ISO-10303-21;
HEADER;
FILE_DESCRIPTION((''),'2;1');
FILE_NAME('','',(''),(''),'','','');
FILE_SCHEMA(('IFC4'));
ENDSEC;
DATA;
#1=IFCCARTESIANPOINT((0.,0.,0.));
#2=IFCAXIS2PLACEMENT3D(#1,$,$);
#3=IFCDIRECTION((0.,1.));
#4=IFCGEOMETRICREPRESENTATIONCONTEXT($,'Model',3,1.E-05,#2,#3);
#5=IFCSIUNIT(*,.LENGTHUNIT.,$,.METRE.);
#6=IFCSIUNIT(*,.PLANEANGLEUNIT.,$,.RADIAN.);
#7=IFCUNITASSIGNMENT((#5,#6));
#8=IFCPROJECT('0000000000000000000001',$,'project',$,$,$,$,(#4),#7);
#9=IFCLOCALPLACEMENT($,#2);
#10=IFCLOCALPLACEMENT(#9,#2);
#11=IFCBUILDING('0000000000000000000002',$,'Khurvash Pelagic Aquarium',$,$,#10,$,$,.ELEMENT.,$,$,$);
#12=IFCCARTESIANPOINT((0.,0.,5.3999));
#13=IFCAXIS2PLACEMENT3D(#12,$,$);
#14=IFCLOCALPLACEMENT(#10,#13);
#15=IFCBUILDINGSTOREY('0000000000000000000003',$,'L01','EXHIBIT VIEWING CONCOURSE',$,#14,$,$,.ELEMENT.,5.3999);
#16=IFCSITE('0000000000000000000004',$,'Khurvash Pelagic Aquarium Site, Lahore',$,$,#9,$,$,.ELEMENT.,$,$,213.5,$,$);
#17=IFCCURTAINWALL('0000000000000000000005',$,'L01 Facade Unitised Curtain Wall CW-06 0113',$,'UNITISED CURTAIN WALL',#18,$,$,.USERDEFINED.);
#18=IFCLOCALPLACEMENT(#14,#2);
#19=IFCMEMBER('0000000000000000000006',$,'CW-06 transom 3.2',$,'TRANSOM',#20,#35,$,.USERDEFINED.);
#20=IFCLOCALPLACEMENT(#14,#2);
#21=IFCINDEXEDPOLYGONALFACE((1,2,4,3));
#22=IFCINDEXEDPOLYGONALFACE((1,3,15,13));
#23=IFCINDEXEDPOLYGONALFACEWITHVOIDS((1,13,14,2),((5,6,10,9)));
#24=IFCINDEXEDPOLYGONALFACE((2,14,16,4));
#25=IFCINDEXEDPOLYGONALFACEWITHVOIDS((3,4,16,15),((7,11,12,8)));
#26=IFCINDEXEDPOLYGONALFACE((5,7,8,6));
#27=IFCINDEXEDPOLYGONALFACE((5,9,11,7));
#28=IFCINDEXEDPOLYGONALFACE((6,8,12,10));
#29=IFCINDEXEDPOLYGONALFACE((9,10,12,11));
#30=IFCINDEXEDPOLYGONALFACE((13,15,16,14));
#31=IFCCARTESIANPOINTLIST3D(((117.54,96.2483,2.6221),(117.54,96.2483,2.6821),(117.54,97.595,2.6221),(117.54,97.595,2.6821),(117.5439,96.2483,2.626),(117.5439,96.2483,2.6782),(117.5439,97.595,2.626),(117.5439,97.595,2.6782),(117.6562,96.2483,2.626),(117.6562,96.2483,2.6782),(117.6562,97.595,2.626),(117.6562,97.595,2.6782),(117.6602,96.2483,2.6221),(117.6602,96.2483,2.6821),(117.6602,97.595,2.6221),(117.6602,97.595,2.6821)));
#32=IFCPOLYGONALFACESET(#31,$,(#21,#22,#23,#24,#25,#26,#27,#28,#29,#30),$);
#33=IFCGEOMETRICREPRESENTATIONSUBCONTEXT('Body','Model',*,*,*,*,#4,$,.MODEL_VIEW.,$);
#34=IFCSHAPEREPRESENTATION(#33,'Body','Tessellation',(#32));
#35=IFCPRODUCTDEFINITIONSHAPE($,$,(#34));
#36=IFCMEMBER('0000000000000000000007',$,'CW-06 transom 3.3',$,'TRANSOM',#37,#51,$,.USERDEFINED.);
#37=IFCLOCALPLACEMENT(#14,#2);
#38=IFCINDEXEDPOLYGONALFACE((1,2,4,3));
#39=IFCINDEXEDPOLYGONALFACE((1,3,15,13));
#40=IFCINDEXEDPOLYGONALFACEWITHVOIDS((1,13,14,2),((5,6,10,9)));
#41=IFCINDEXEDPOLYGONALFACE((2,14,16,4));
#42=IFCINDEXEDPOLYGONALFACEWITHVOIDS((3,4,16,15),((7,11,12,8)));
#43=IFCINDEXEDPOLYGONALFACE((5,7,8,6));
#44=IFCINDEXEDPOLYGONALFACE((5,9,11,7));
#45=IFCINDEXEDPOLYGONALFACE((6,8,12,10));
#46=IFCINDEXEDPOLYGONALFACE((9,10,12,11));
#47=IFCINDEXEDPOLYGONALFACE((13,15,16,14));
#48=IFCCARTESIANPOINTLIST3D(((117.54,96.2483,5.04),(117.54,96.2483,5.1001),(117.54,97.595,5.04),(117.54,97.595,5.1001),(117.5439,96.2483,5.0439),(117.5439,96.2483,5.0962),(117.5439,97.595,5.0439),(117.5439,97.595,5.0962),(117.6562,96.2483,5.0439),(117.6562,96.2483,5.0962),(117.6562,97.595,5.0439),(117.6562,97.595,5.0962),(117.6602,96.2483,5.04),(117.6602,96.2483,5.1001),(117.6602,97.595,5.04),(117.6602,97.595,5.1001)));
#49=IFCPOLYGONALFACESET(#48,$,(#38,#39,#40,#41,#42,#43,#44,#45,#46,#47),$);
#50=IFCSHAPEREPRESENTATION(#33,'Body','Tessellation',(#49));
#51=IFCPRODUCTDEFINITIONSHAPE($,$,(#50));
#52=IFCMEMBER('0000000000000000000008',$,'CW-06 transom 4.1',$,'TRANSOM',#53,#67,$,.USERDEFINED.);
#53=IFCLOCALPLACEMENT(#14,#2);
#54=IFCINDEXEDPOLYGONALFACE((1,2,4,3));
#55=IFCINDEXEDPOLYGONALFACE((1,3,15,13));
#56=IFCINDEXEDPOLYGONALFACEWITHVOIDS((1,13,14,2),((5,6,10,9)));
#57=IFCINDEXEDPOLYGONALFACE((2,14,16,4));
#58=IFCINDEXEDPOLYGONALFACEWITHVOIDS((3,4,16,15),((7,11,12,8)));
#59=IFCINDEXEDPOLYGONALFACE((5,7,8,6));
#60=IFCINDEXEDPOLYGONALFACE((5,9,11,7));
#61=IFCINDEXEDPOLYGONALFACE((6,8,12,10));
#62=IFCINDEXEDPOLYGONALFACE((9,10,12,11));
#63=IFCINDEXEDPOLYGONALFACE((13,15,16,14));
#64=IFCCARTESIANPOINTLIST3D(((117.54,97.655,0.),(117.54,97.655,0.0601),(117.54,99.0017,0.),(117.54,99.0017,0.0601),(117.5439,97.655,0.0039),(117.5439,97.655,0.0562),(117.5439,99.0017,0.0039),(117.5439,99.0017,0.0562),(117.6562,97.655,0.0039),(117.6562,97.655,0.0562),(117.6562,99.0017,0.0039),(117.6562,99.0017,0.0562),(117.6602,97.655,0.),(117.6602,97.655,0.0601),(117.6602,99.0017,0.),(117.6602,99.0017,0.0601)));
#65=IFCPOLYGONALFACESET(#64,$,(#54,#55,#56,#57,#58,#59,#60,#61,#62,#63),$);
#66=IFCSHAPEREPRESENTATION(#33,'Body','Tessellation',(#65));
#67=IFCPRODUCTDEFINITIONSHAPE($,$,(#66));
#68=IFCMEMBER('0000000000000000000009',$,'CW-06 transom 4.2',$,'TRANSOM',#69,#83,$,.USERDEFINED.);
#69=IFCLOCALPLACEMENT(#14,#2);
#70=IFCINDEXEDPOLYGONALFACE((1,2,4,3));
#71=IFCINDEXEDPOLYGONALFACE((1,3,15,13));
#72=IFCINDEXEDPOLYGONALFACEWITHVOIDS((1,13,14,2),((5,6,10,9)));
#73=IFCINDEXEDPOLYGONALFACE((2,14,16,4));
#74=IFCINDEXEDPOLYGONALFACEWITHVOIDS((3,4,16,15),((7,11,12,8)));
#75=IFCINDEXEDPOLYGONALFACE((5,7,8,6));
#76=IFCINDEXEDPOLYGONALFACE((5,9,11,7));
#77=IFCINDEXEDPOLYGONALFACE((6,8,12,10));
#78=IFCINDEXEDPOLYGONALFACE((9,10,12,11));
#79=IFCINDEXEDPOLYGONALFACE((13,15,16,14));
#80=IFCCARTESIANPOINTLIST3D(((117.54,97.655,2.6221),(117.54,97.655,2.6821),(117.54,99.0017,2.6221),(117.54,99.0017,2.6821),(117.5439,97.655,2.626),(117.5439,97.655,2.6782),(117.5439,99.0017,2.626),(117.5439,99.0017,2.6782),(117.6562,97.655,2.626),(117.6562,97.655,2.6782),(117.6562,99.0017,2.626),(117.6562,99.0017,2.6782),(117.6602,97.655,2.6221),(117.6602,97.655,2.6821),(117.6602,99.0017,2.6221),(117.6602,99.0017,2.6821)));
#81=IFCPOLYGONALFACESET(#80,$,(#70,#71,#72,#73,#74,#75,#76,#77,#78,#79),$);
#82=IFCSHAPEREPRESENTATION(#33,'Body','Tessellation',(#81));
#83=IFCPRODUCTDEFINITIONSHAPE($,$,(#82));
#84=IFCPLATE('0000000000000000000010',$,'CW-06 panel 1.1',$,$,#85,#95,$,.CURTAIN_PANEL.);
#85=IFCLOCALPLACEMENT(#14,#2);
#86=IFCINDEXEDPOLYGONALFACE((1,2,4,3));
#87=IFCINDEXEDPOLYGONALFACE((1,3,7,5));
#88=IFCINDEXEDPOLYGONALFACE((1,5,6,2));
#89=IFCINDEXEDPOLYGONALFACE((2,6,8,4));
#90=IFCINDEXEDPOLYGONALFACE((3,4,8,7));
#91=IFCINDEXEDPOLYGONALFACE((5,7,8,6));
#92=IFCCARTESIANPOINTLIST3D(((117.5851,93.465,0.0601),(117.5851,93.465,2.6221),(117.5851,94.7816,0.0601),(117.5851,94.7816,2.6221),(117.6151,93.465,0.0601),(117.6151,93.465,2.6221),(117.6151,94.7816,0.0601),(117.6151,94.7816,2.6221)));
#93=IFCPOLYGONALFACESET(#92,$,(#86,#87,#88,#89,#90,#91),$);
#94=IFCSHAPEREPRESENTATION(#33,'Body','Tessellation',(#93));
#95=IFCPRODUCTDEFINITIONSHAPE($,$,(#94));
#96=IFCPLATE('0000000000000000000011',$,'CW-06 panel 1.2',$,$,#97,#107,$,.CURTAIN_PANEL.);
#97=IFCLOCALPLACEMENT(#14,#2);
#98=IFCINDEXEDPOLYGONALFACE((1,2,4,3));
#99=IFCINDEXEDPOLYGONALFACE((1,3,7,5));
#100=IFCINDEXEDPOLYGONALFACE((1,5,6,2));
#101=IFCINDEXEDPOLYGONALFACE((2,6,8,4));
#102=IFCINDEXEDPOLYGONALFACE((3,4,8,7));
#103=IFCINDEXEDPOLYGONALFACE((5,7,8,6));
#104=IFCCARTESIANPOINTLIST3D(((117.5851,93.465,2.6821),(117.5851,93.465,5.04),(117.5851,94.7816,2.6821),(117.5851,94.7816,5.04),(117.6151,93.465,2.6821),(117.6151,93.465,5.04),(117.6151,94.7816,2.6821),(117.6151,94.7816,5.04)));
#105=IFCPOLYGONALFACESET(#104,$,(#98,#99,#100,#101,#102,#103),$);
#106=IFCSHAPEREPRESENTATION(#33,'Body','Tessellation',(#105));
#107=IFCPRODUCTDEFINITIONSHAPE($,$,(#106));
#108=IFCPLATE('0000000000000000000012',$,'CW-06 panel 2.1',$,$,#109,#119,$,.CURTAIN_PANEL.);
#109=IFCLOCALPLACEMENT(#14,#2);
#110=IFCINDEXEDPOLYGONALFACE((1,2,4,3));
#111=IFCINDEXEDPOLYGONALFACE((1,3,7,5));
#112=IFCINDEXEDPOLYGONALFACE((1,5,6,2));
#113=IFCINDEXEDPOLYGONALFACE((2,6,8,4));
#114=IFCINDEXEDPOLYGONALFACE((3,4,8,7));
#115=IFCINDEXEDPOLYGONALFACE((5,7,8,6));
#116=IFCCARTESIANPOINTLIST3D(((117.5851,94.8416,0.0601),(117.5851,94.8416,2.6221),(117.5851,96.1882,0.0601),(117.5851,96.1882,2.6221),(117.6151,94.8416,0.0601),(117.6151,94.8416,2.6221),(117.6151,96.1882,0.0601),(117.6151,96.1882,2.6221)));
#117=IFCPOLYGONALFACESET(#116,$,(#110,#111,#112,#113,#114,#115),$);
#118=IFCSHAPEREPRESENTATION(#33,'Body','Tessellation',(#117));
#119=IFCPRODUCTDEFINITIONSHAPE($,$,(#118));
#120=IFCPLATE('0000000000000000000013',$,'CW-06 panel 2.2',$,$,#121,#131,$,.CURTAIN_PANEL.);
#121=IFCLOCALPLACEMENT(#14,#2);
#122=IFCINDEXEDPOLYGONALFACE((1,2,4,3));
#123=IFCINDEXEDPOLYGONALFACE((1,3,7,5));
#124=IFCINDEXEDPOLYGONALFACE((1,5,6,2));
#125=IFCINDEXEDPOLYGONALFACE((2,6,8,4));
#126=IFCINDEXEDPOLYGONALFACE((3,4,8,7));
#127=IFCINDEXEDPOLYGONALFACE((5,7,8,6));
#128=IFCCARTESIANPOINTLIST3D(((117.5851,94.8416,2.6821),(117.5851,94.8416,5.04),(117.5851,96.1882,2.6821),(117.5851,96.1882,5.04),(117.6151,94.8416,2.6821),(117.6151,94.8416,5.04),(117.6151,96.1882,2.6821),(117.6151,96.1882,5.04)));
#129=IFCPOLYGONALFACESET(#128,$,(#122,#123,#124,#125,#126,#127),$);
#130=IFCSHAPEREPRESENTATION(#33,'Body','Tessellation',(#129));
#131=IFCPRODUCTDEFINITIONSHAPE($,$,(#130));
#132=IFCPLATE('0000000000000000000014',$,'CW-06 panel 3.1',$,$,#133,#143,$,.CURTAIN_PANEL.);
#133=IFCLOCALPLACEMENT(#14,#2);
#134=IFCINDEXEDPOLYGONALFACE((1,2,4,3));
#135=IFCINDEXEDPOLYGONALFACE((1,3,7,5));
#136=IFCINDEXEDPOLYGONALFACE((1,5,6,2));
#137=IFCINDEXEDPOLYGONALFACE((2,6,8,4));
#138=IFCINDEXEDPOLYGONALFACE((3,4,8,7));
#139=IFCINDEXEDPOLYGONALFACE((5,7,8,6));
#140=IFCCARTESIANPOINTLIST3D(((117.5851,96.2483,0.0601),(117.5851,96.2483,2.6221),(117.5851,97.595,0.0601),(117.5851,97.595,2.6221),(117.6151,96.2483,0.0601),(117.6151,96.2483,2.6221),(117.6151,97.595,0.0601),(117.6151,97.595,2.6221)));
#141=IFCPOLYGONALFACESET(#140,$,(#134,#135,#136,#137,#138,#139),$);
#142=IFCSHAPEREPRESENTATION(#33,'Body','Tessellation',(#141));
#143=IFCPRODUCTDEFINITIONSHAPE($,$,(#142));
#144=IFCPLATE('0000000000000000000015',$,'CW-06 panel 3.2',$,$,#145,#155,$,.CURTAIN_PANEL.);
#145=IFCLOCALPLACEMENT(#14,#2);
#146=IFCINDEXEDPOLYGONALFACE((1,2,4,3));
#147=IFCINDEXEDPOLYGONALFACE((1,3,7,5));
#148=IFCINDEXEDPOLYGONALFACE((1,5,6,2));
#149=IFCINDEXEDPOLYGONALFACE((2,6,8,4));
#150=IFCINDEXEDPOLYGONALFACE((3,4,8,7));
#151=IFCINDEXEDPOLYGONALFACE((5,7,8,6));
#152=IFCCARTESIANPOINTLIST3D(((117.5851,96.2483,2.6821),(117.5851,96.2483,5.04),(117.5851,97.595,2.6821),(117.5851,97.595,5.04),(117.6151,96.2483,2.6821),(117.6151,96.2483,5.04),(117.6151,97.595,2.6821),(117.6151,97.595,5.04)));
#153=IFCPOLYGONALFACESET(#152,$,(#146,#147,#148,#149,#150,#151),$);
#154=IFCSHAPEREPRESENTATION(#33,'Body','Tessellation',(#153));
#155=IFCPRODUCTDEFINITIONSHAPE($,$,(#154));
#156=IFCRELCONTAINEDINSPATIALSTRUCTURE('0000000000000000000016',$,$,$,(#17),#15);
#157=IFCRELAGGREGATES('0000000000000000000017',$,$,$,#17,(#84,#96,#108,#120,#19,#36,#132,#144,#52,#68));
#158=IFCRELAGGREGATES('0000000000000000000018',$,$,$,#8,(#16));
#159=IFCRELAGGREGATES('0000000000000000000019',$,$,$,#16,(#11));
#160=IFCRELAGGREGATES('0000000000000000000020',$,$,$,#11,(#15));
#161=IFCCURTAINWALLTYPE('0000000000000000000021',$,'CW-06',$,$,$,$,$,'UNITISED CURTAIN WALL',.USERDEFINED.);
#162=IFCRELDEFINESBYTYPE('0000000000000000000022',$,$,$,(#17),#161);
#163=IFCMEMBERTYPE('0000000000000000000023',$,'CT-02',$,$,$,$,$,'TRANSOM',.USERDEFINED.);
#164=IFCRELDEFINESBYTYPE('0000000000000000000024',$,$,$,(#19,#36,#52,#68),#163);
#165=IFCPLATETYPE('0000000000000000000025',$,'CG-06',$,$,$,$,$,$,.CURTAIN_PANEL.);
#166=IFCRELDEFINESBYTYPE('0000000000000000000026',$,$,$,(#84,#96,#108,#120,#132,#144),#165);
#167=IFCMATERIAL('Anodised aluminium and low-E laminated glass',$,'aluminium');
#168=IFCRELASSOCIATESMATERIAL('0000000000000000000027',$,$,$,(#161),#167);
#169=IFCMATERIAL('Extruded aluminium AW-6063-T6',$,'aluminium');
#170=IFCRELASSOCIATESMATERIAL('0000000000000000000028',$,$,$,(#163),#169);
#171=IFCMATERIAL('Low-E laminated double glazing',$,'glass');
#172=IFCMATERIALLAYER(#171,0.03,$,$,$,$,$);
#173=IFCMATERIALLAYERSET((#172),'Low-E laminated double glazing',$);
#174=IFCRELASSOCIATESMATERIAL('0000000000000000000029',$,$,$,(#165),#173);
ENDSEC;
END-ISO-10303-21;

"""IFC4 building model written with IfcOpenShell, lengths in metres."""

from ifc_helpers import new_model, si_unit, direction, frame, origin, origin_2d, place, context, subcontext, project, spatial, rectangle, hollow_rectangle, extrude, material, layer, layer_set, material_profile, profile_set, type_object, element, aggregate, save


model = new_model("IFC4")

# Units and contexts
model_context = context("Model", 3, precision=1e-05, world=origin(), true_north=direction((0.0, 1.0)))
body_context = subcontext(model_context, "Body", "Model", "MODEL_VIEW")
ifc_project = project(units=[si_unit("LENGTHUNIT", "METRE"), si_unit("PLANEANGLEUNIT", "RADIAN")], contexts=[model_context])

# Site, building, storey
site_placement = place(None, origin())
site = spatial("IfcSite", under=ifc_project, at=site_placement, Name="Khurvash Pelagic Aquarium Site, Lahore", CompositionType="ELEMENT", RefElevation=213.5)
building_placement = place(site_placement, origin())
building = spatial("IfcBuilding", under=site, at=building_placement, Name="Khurvash Pelagic Aquarium", CompositionType="ELEMENT")
storey_placement = place(building_placement, frame((0.0, 0.0, 5.3999)))
storey = spatial("IfcBuildingStorey", under=building, at=storey_placement, Name="L01", Description="EXHIBIT VIEWING CONCOURSE", CompositionType="ELEMENT", Elevation=5.3999)

# Curtain wall, members, plates
ifc_material_1 = material(Name="Anodised aluminium and low-E laminated glass", Category="aluminium")
curtain_wall_type = type_object("IfcCurtainWallType", Name="CW-06", ElementType="UNITISED CURTAIN WALL", PredefinedType="USERDEFINED", material=ifc_material_1)
curtain_wall_placement = place(storey_placement, origin())
curtain_wall = element("IfcCurtainWall", 1, at=curtain_wall_placement, inside=storey, type_object=curtain_wall_type, Name="L01 Facade Unitised Curtain Wall CW-06 0113", ObjectType="UNITISED CURTAIN WALL", PredefinedType="USERDEFINED")
ifc_material_2 = material(Name="Extruded aluminium AW-6063-T6", Category="aluminium")
ifc_material_profile_1 = material_profile(ifc_material_2, hollow_rectangle(XDim=0.1201, YDim=0.0601, WallThickness=0.0039, at=origin_2d()), Name="CWT120X60X4")
ifc_profile_set_1 = profile_set([ifc_material_profile_1], Name="Extruded aluminium AW-6063-T6")
member_type_1 = type_object("IfcMemberType", Name="CT-02", ElementType="TRANSOM", PredefinedType="USERDEFINED", material=ifc_profile_set_1)
member_1_placement = place(storey_placement, frame((117.6001, 96.2483, 2.6521), z_axis=(0.0, 1.0, 0.0), x_axis=(-1.0, 0.0, 0.0)))
member_1 = element("IfcMember", 2, at=member_1_placement, type_object=member_type_1, Name="CW-06 transom 3.2", ObjectType="TRANSOM", PredefinedType="USERDEFINED", context=body_context, shape_type="SweptSolid", body=[
    extrude(hollow_rectangle(XDim=0.1201, YDim=0.0601, WallThickness=0.0039, at=origin_2d()), origin(), (0.0, 0.0, 1.0), 1.3467),
])
member_2_placement = place(storey_placement, frame((117.6001, 96.2483, 5.0701), z_axis=(0.0, 1.0, 0.0), x_axis=(-1.0, 0.0, 0.0)))
member_2 = element("IfcMember", 3, at=member_2_placement, type_object=member_type_1, Name="CW-06 transom 3.3", ObjectType="TRANSOM", PredefinedType="USERDEFINED", context=body_context, shape_type="SweptSolid", body=[
    extrude(hollow_rectangle(XDim=0.1201, YDim=0.0601, WallThickness=0.0039, at=origin_2d()), origin(), (0.0, 0.0, 1.0), 1.3467),
])
member_3_placement = place(storey_placement, frame((117.6001, 97.655, 0.03), z_axis=(0.0, 1.0, 0.0), x_axis=(-1.0, 0.0, 0.0)))
member_3 = element("IfcMember", 4, at=member_3_placement, type_object=member_type_1, Name="CW-06 transom 4.1", ObjectType="TRANSOM", PredefinedType="USERDEFINED", context=body_context, shape_type="SweptSolid", body=[
    extrude(hollow_rectangle(XDim=0.1201, YDim=0.0601, WallThickness=0.0039, at=origin_2d()), origin(), (0.0, 0.0, 1.0), 1.3467),
])
member_4_placement = place(storey_placement, frame((117.6001, 97.655, 2.6521), z_axis=(0.0, 1.0, 0.0), x_axis=(-1.0, 0.0, 0.0)))
member_4 = element("IfcMember", 5, at=member_4_placement, type_object=member_type_1, Name="CW-06 transom 4.2", ObjectType="TRANSOM", PredefinedType="USERDEFINED", context=body_context, shape_type="SweptSolid", body=[
    extrude(hollow_rectangle(XDim=0.1201, YDim=0.0601, WallThickness=0.0039, at=origin_2d()), origin(), (0.0, 0.0, 1.0), 1.3467),
])
ifc_material_3 = material(Name="Low-E laminated double glazing", Category="glass")
ifc_layer = layer(ifc_material_3, 0.03)
ifc_layer_set = layer_set([ifc_layer], Name="Low-E laminated double glazing")
plate_type = type_object("IfcPlateType", Name="CG-06", PredefinedType="CURTAIN_PANEL", material=ifc_layer_set)
plate_1_placement = place(storey_placement, frame((117.6001, 94.1233, 0.0601), z_axis=(0.0, 0.0, 1.0), x_axis=(0.0, 1.0, 0.0)))
plate_1 = element("IfcPlate", 6, at=plate_1_placement, type_object=plate_type, Name="CW-06 panel 1.1", PredefinedType="CURTAIN_PANEL", context=body_context, shape_type="SweptSolid", body=[
    extrude(rectangle(XDim=1.3167, YDim=0.03, at=origin_2d()), origin(), (0.0, 0.0, 1.0), 2.562),
])
plate_2_placement = place(storey_placement, frame((117.6001, 94.1233, 2.6821), z_axis=(0.0, 0.0, 1.0), x_axis=(0.0, 1.0, 0.0)))
plate_2 = element("IfcPlate", 7, at=plate_2_placement, type_object=plate_type, Name="CW-06 panel 1.2", PredefinedType="CURTAIN_PANEL", context=body_context, shape_type="SweptSolid", body=[
    extrude(rectangle(XDim=1.3167, YDim=0.03, at=origin_2d()), origin(), (0.0, 0.0, 1.0), 2.3579),
])
plate_3_placement = place(storey_placement, frame((117.6001, 95.5149, 0.0601), z_axis=(0.0, 0.0, 1.0), x_axis=(0.0, 1.0, 0.0)))
plate_3 = element("IfcPlate", 8, at=plate_3_placement, type_object=plate_type, Name="CW-06 panel 2.1", PredefinedType="CURTAIN_PANEL", context=body_context, shape_type="SweptSolid", body=[
    extrude(rectangle(XDim=1.3467, YDim=0.03, at=origin_2d()), origin(), (0.0, 0.0, 1.0), 2.562),
])
plate_4_placement = place(storey_placement, frame((117.6001, 95.5149, 2.6821), z_axis=(0.0, 0.0, 1.0), x_axis=(0.0, 1.0, 0.0)))
plate_4 = element("IfcPlate", 9, at=plate_4_placement, type_object=plate_type, Name="CW-06 panel 2.2", PredefinedType="CURTAIN_PANEL", context=body_context, shape_type="SweptSolid", body=[
    extrude(rectangle(XDim=1.3467, YDim=0.03, at=origin_2d()), origin(), (0.0, 0.0, 1.0), 2.3579),
])
plate_5_placement = place(storey_placement, frame((117.6001, 96.9216, 0.0601), z_axis=(0.0, 0.0, 1.0), x_axis=(0.0, 1.0, 0.0)))
plate_5 = element("IfcPlate", 10, at=plate_5_placement, type_object=plate_type, Name="CW-06 panel 3.1", PredefinedType="CURTAIN_PANEL", context=body_context, shape_type="SweptSolid", body=[
    extrude(rectangle(XDim=1.3467, YDim=0.03, at=origin_2d()), origin(), (0.0, 0.0, 1.0), 2.562),
])
plate_6_placement = place(storey_placement, frame((117.6001, 96.9216, 2.6821), z_axis=(0.0, 0.0, 1.0), x_axis=(0.0, 1.0, 0.0)))
plate_6 = element("IfcPlate", 11, at=plate_6_placement, type_object=plate_type, Name="CW-06 panel 3.2", PredefinedType="CURTAIN_PANEL", context=body_context, shape_type="SweptSolid", body=[
    extrude(rectangle(XDim=1.3467, YDim=0.03, at=origin_2d()), origin(), (0.0, 0.0, 1.0), 2.3579),
])
aggregate(curtain_wall, [plate_1, plate_2, plate_3, plate_4, member_1, member_2, plate_5, plate_6, member_3, member_4])

save(model, "model.ifc")
